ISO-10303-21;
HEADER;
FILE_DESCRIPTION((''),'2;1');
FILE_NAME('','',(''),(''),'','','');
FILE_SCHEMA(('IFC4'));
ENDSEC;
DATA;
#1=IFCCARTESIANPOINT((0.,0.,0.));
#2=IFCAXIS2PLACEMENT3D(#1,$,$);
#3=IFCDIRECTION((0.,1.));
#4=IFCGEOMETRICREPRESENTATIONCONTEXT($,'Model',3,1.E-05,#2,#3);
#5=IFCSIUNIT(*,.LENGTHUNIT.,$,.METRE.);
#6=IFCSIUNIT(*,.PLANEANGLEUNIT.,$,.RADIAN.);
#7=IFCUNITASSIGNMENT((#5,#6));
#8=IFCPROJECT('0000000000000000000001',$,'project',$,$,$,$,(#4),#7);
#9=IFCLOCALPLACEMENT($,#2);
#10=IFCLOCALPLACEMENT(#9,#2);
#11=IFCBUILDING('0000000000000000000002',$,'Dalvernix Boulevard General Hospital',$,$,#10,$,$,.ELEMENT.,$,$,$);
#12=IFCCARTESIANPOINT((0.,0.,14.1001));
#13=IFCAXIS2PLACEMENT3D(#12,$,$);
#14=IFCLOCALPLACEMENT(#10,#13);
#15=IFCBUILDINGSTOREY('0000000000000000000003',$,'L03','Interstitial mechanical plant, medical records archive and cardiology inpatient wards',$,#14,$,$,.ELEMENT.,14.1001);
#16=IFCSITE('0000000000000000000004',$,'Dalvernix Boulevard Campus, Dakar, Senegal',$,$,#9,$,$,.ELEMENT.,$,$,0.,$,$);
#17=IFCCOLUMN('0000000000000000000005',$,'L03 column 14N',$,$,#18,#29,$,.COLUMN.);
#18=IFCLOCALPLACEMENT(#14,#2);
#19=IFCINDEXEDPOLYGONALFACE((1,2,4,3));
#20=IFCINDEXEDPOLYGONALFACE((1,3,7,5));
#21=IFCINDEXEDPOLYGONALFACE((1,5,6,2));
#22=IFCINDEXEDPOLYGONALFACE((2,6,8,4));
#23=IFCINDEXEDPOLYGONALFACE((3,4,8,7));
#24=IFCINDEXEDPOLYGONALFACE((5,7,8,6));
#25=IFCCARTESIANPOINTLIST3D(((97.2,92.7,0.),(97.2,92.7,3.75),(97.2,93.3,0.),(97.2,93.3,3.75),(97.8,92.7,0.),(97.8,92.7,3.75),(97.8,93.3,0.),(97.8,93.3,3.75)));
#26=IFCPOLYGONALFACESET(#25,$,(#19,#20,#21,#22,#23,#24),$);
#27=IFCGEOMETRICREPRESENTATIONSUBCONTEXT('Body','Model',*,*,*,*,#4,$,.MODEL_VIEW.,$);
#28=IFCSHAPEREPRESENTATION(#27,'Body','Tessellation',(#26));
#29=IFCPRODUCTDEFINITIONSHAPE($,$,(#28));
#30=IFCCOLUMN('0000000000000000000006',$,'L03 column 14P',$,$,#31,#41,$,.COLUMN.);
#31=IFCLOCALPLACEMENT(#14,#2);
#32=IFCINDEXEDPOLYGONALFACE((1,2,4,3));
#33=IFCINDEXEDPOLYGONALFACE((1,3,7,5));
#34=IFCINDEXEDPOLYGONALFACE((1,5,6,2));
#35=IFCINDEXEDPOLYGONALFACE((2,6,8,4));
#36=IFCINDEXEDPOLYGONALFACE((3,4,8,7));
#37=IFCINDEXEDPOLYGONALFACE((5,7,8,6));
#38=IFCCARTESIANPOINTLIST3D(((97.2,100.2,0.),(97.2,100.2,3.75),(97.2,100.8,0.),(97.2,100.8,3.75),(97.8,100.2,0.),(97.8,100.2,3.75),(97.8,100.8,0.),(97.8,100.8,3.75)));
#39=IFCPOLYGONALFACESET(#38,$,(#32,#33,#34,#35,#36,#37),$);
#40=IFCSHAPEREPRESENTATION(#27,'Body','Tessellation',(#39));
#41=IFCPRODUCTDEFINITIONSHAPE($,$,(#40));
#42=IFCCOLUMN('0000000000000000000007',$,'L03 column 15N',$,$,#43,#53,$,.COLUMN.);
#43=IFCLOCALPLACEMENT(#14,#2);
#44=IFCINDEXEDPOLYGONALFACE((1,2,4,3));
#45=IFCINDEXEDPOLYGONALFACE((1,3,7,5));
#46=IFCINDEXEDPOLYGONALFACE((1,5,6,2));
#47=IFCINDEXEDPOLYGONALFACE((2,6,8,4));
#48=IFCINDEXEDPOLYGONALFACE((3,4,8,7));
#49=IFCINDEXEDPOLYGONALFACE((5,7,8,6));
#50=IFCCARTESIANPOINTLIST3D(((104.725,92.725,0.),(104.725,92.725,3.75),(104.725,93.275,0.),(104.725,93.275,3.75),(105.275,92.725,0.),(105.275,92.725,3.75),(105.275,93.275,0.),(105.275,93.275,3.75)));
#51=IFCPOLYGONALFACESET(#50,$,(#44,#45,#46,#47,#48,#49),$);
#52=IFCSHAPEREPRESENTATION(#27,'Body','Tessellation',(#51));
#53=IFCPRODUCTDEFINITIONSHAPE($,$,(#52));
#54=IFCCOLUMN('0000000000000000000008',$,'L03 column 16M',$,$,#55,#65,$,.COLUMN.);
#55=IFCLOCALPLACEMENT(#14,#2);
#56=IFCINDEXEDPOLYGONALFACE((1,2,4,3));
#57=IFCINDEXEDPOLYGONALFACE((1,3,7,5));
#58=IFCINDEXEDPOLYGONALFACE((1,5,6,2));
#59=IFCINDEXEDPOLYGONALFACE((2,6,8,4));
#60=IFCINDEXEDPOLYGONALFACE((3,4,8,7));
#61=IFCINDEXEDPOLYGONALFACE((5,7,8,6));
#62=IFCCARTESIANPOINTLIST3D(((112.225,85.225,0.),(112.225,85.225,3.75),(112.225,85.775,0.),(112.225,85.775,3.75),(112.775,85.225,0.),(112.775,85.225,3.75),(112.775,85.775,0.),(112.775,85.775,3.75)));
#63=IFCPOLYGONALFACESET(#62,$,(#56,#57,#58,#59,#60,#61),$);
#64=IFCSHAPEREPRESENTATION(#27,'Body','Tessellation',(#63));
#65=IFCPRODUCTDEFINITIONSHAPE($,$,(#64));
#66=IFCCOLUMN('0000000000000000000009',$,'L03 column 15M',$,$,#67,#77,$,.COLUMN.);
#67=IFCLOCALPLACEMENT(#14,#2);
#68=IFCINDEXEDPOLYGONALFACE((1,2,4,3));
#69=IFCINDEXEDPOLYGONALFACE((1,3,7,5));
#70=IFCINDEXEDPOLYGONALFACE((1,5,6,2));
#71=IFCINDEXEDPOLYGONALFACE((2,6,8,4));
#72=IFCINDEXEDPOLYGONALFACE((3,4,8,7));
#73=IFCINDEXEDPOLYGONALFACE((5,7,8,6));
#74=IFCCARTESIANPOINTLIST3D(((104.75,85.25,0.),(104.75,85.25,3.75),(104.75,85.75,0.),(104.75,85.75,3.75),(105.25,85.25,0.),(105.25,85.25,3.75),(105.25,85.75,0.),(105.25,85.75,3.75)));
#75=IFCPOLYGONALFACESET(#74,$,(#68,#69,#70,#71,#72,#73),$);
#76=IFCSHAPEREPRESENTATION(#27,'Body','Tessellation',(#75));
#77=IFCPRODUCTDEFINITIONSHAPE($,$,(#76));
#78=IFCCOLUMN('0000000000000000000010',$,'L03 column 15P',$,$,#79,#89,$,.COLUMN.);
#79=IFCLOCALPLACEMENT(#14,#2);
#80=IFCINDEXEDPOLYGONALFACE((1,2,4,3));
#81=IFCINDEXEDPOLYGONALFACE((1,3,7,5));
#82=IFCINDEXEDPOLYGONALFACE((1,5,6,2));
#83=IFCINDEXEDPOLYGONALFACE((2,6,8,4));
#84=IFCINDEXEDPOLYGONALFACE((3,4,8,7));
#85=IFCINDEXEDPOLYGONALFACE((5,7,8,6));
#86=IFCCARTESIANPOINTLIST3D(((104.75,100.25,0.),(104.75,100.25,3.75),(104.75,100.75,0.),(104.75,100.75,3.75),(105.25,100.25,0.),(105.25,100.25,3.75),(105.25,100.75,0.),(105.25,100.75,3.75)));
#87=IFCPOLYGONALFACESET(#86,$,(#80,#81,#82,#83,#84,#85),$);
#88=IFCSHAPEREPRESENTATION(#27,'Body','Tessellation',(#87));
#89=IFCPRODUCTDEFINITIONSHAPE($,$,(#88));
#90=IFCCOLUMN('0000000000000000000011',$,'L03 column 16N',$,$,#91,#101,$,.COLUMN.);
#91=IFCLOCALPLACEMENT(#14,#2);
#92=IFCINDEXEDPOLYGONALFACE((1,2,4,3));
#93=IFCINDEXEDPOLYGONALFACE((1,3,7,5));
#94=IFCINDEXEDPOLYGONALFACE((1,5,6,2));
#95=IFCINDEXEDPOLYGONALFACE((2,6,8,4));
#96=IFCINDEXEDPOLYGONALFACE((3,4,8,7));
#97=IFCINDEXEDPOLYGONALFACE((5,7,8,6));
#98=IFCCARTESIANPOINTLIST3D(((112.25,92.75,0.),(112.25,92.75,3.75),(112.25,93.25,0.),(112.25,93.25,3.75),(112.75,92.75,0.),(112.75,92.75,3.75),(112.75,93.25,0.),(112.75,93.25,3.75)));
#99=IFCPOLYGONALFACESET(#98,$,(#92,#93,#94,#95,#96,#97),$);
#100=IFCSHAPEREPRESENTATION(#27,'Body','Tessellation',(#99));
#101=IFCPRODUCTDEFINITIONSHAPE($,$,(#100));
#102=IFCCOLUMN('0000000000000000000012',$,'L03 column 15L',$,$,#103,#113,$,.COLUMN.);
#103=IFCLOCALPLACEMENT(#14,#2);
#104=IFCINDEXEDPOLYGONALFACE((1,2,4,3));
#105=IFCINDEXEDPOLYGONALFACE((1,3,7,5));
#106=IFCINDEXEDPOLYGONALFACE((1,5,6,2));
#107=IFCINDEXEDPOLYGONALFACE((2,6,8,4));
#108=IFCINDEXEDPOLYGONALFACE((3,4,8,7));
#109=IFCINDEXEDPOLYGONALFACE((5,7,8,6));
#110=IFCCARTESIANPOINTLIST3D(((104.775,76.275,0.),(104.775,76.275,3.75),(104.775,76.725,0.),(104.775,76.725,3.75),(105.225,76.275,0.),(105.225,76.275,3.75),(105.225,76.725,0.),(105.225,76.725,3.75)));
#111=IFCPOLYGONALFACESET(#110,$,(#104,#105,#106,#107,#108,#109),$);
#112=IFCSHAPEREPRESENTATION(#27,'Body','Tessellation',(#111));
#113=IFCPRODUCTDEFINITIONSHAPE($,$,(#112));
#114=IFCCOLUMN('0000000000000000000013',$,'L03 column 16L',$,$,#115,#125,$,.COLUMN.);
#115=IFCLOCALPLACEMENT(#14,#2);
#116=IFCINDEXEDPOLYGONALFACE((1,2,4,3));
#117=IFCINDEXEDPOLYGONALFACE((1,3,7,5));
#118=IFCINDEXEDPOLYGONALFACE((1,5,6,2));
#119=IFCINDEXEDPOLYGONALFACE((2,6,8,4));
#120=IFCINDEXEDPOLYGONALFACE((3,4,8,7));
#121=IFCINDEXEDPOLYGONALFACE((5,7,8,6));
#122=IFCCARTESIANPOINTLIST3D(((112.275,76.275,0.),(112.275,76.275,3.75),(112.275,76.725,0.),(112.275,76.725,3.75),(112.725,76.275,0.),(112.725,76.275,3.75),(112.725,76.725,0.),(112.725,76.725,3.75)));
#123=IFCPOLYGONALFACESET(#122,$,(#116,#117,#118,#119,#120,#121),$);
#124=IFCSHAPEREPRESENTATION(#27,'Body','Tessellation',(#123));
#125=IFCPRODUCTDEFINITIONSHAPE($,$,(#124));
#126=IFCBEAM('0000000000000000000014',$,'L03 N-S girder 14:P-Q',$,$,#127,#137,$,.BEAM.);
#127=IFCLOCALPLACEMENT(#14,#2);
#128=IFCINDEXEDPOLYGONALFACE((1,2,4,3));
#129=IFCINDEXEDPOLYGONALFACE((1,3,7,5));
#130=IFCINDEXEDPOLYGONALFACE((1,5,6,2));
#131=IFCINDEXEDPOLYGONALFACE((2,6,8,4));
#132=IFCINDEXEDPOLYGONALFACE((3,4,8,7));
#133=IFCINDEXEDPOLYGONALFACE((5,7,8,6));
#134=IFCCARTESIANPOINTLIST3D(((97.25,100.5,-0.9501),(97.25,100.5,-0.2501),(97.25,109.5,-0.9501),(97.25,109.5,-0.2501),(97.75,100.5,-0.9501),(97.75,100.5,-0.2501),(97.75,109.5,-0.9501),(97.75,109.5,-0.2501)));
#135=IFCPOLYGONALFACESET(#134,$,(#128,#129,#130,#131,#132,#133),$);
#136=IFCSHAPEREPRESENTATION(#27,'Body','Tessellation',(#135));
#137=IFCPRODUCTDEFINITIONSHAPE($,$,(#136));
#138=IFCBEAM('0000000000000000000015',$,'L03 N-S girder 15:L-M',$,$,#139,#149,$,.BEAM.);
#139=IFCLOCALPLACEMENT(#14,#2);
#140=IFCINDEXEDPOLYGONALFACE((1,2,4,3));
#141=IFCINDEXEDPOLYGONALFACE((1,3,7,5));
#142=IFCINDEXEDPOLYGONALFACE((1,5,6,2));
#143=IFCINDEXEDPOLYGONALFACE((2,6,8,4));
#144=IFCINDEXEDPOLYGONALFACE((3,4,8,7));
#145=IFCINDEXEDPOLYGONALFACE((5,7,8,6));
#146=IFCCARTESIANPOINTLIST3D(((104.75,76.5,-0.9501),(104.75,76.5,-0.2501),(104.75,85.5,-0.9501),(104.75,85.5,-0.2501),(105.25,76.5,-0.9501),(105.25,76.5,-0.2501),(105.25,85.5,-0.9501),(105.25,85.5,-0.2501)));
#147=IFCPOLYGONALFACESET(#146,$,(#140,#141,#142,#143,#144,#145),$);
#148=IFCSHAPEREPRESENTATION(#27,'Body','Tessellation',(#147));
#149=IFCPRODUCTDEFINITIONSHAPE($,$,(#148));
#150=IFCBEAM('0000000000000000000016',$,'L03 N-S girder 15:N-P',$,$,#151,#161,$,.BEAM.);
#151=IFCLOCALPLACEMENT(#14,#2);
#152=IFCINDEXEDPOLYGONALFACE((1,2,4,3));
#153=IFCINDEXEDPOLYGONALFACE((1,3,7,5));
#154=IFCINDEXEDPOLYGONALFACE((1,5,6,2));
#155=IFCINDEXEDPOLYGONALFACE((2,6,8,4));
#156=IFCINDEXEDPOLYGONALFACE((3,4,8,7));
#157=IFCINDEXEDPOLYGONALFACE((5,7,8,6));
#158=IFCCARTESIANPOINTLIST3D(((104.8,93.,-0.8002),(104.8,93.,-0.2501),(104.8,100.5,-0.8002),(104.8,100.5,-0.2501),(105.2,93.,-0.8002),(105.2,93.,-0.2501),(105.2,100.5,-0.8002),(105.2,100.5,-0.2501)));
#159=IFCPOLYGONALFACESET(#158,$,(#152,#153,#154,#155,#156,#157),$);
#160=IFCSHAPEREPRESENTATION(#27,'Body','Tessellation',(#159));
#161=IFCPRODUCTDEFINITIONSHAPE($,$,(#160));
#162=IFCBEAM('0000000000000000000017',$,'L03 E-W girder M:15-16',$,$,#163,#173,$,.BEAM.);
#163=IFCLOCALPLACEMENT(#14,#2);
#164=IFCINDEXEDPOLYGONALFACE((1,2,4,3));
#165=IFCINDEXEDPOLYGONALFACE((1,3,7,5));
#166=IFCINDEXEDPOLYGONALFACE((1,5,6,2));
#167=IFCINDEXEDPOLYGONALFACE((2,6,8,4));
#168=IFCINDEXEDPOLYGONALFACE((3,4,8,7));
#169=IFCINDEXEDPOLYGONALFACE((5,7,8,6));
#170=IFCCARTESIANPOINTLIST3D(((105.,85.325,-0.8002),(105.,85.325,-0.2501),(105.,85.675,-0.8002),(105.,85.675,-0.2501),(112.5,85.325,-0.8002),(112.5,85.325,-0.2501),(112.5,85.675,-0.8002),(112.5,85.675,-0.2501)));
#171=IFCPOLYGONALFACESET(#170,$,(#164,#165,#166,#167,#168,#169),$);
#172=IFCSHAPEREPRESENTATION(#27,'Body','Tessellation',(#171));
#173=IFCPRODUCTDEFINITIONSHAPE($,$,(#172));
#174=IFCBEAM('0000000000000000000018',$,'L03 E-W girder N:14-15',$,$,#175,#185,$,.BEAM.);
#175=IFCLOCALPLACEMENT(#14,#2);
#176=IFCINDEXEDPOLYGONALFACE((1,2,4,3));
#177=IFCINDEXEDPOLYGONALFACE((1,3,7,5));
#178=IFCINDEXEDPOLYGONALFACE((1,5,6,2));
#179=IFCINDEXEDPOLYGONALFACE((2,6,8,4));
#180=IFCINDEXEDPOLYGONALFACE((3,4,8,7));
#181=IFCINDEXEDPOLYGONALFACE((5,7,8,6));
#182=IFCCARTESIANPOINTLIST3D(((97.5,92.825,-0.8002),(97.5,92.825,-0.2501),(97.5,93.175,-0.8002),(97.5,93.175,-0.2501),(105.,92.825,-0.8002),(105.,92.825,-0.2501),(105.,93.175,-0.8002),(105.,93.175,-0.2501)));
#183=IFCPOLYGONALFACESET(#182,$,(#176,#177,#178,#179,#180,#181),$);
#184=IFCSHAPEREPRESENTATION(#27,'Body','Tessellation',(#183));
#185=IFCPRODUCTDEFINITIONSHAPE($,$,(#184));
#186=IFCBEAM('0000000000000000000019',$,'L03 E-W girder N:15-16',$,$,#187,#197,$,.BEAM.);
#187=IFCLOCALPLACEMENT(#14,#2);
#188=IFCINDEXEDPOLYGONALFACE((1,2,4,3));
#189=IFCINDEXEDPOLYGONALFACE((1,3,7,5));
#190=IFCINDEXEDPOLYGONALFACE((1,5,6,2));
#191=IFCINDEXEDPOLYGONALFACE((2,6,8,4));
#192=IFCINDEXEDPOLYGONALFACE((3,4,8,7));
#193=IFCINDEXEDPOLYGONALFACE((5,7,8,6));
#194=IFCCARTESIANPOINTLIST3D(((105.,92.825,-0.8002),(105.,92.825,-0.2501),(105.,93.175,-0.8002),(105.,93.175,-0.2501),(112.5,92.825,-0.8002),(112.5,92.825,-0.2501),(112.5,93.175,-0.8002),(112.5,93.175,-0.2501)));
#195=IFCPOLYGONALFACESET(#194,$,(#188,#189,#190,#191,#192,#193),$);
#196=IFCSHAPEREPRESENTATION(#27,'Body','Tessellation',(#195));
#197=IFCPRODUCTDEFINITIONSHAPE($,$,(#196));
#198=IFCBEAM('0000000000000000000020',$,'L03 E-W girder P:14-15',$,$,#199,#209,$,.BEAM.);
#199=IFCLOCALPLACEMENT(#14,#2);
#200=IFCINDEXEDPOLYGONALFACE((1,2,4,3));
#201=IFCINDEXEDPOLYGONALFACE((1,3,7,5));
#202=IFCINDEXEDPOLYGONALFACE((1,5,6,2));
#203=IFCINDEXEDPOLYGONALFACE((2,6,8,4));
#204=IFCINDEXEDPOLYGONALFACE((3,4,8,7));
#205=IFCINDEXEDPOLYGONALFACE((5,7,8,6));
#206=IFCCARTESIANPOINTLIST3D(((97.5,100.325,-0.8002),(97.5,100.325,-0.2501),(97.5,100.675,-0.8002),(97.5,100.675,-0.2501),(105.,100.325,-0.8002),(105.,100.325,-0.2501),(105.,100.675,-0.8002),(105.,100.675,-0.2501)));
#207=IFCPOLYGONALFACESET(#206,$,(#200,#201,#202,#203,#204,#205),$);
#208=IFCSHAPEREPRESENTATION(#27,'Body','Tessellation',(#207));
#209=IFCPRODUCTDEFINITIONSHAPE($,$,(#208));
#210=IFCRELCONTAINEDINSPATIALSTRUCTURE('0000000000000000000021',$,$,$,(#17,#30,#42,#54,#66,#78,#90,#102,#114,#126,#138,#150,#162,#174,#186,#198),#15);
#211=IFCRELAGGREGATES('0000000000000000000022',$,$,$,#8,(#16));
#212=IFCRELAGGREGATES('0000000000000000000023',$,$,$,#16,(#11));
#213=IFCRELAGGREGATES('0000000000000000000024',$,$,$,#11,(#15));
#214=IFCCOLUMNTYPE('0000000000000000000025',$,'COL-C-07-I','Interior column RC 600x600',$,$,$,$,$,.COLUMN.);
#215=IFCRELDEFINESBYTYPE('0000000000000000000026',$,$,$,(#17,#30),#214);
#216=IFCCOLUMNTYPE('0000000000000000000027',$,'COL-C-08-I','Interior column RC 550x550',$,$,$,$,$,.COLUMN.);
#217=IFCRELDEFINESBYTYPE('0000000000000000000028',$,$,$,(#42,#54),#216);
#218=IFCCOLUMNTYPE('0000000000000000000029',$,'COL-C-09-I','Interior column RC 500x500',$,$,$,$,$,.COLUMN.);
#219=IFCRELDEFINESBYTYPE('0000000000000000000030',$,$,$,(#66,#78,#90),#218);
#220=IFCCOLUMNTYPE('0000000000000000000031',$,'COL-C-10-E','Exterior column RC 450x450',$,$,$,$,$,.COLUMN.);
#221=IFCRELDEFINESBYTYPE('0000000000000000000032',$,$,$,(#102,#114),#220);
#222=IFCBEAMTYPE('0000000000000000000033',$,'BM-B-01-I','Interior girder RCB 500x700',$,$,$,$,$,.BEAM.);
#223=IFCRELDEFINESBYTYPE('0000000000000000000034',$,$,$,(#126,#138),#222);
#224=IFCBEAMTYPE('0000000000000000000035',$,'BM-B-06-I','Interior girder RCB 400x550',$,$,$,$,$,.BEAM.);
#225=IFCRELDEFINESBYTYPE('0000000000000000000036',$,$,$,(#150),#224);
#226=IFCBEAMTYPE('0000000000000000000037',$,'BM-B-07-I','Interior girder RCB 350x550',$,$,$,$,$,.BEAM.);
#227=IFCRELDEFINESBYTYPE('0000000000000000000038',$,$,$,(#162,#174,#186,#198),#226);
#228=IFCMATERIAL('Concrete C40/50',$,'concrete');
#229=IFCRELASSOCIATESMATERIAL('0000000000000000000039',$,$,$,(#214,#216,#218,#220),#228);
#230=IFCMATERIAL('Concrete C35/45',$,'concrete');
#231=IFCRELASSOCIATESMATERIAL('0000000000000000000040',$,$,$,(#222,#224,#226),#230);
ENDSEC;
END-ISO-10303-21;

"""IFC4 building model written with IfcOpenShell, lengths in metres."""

from ifc_helpers import new_model, si_unit, direction, frame, origin, origin_2d, place, context, subcontext, project, spatial, rectangle, extrude, material, material_profile, profile_set, type_object, element, save


model = new_model("IFC4")

# Units and contexts
model_context = context("Model", 3, precision=1e-05, world=origin(), true_north=direction((0.0, 1.0)))
body_context = subcontext(model_context, "Body", "Model", "MODEL_VIEW")
ifc_project = project(units=[si_unit("LENGTHUNIT", "METRE"), si_unit("PLANEANGLEUNIT", "RADIAN")], contexts=[model_context])

# Site, building, storey
site_placement = place(None, origin())
site = spatial("IfcSite", under=ifc_project, at=site_placement, Name="Dalvernix Boulevard Campus, Dakar, Senegal", CompositionType="ELEMENT", RefElevation=0.0)
building_placement = place(site_placement, origin())
building = spatial("IfcBuilding", under=site, at=building_placement, Name="Dalvernix Boulevard General Hospital", CompositionType="ELEMENT")
storey_placement = place(building_placement, frame((0.0, 0.0, 14.1001)))
storey = spatial("IfcBuildingStorey", under=building, at=storey_placement, Name="L03", Description="Interstitial mechanical plant, medical records archive and cardiology inpatient wards", CompositionType="ELEMENT", Elevation=14.1001)

# Columns
ifc_material_1 = material(Name="Concrete C40/50", Category="concrete")
ifc_material_profile_1 = material_profile(ifc_material_1, rectangle(XDim=0.6001, YDim=0.6001, at=origin_2d()), Name="RC 600x600")
ifc_profile_set_1 = profile_set([ifc_material_profile_1], Name="Concrete C40/50")
column_type_1 = type_object("IfcColumnType", Name="COL-C-07-I", Description="Interior column RC 600x600", PredefinedType="COLUMN", material=ifc_profile_set_1)
for number, where, z_axis, x_axis, name in (
    (1, (97.5, 93.0, 0.0), (0.0, 0.0, 1.0), (1.0, 0.0, 0.0), "L03 column 14N"),
    (2, (97.5, 100.5, 0.0), (0.0, 0.0, 1.0), (1.0, 0.0, 0.0), "L03 column 14P"),
):
    element("IfcColumn", number, at=place(storey_placement, frame(where, z_axis=z_axis, x_axis=x_axis)), inside=storey, type_object=column_type_1, Name=name, PredefinedType="COLUMN", context=body_context, shape_type="SweptSolid", body=[
        extrude(rectangle(XDim=0.6001, YDim=0.6001, at=origin_2d()), origin(), (0.0, 0.0, 1.0), 3.75),
    ])
ifc_material_profile_2 = material_profile(ifc_material_1, rectangle(XDim=0.55, YDim=0.55, at=origin_2d()), Name="RC 550x550")
ifc_profile_set_2 = profile_set([ifc_material_profile_2], Name="Concrete C40/50")
column_type_2 = type_object("IfcColumnType", Name="COL-C-08-I", Description="Interior column RC 550x550", PredefinedType="COLUMN", material=ifc_profile_set_2)
for number, where, z_axis, x_axis, name in (
    (3, (105.0, 93.0, 0.0), (0.0, 0.0, 1.0), (1.0, 0.0, 0.0), "L03 column 15N"),
    (4, (112.5, 85.5, 0.0), (0.0, 0.0, 1.0), (1.0, 0.0, 0.0), "L03 column 16M"),
):
    element("IfcColumn", number, at=place(storey_placement, frame(where, z_axis=z_axis, x_axis=x_axis)), inside=storey, type_object=column_type_2, Name=name, PredefinedType="COLUMN", context=body_context, shape_type="SweptSolid", body=[
        extrude(rectangle(XDim=0.55, YDim=0.55, at=origin_2d()), origin(), (0.0, 0.0, 1.0), 3.75),
    ])
ifc_material_profile_3 = material_profile(ifc_material_1, rectangle(XDim=0.5, YDim=0.5, at=origin_2d()), Name="RC 500x500")
ifc_profile_set_3 = profile_set([ifc_material_profile_3], Name="Concrete C40/50")
column_type_3 = type_object("IfcColumnType", Name="COL-C-09-I", Description="Interior column RC 500x500", PredefinedType="COLUMN", material=ifc_profile_set_3)
for number, where, z_axis, x_axis, name in (
    (5, (105.0, 85.5, 0.0), (0.0, 0.0, 1.0), (1.0, 0.0, 0.0), "L03 column 15M"),
    (6, (105.0, 100.5, 0.0), (0.0, 0.0, 1.0), (1.0, 0.0, 0.0), "L03 column 15P"),
    (7, (112.5, 93.0, 0.0), (0.0, 0.0, 1.0), (1.0, 0.0, 0.0), "L03 column 16N"),
):
    element("IfcColumn", number, at=place(storey_placement, frame(where, z_axis=z_axis, x_axis=x_axis)), inside=storey, type_object=column_type_3, Name=name, PredefinedType="COLUMN", context=body_context, shape_type="SweptSolid", body=[
        extrude(rectangle(XDim=0.5, YDim=0.5, at=origin_2d()), origin(), (0.0, 0.0, 1.0), 3.75),
    ])
ifc_material_profile_4 = material_profile(ifc_material_1, rectangle(XDim=0.45, YDim=0.45, at=origin_2d()), Name="RC 450x450")
ifc_profile_set_4 = profile_set([ifc_material_profile_4], Name="Concrete C40/50")
column_type_4 = type_object("IfcColumnType", Name="COL-C-10-E", Description="Exterior column RC 450x450", PredefinedType="COLUMN", material=ifc_profile_set_4)
for number, where, z_axis, x_axis, name in (
    (8, (105.0, 76.5, 0.0), (0.0, 0.0, 1.0), (1.0, 0.0, 0.0), "L03 column 15L"),
    (9, (112.5, 76.5, 0.0), (0.0, 0.0, 1.0), (1.0, 0.0, 0.0), "L03 column 16L"),
):
    element("IfcColumn", number, at=place(storey_placement, frame(where, z_axis=z_axis, x_axis=x_axis)), inside=storey, type_object=column_type_4, Name=name, PredefinedType="COLUMN", context=body_context, shape_type="SweptSolid", body=[
        extrude(rectangle(XDim=0.45, YDim=0.45, at=origin_2d()), origin(), (0.0, 0.0, 1.0), 3.75),
    ])

# Beams
ifc_material_2 = material(Name="Concrete C35/45", Category="concrete")
ifc_material_profile_5 = material_profile(ifc_material_2, rectangle(XDim=0.5, YDim=0.7, at=origin_2d()), Name="RCB 500x700")
ifc_profile_set_5 = profile_set([ifc_material_profile_5], Name="Concrete C35/45")
beam_type_1 = type_object("IfcBeamType", Name="BM-B-01-I", Description="Interior girder RCB 500x700", PredefinedType="BEAM", material=ifc_profile_set_5)
for number, where, z_axis, x_axis, name in (
    (10, (97.5, 100.5, -0.6001), (0.0, 1.0, 0.0), (-1.0, 0.0, 0.0), "L03 N-S girder 14:P-Q"),
    (11, (105.0, 76.5, -0.6001), (0.0, 1.0, 0.0), (-1.0, 0.0, 0.0), "L03 N-S girder 15:L-M"),
):
    element("IfcBeam", number, at=place(storey_placement, frame(where, z_axis=z_axis, x_axis=x_axis)), inside=storey, type_object=beam_type_1, Name=name, PredefinedType="BEAM", context=body_context, shape_type="SweptSolid", body=[
        extrude(rectangle(XDim=0.5, YDim=0.7, at=origin_2d()), origin(), (0.0, 0.0, 1.0), 9.0),
    ])
ifc_material_profile_6 = material_profile(ifc_material_2, rectangle(XDim=0.3999, YDim=0.55, at=origin_2d()), Name="RCB 400x550")
ifc_profile_set_6 = profile_set([ifc_material_profile_6], Name="Concrete C35/45")
beam_type_2 = type_object("IfcBeamType", Name="BM-B-06-I", Description="Interior girder RCB 400x550", PredefinedType="BEAM", material=ifc_profile_set_6)
beam_1_placement = place(storey_placement, frame((105.0, 93.0, -0.5251), z_axis=(0.0, 1.0, 0.0), x_axis=(-1.0, 0.0, 0.0)))
element("IfcBeam", 12, at=beam_1_placement, inside=storey, type_object=beam_type_2, Name="L03 N-S girder 15:N-P", PredefinedType="BEAM", context=body_context, shape_type="SweptSolid", body=[
    extrude(rectangle(XDim=0.3999, YDim=0.55, at=origin_2d()), origin(), (0.0, 0.0, 1.0), 7.5),
])
ifc_material_profile_7 = material_profile(ifc_material_2, rectangle(XDim=0.3501, YDim=0.55, at=origin_2d()), Name="RCB 350x550")
ifc_profile_set_7 = profile_set([ifc_material_profile_7], Name="Concrete C35/45")
beam_type_3 = type_object("IfcBeamType", Name="BM-B-07-I", Description="Interior girder RCB 350x550", PredefinedType="BEAM", material=ifc_profile_set_7)
for number, where, z_axis, x_axis, name in (
    (13, (105.0, 85.5, -0.5251), (1.0, 0.0, 0.0), (0.0, 1.0, 0.0), "L03 E-W girder M:15-16"),
    (14, (97.5, 93.0, -0.5251), (1.0, 0.0, 0.0), (0.0, 1.0, 0.0), "L03 E-W girder N:14-15"),
    (15, (105.0, 93.0, -0.5251), (1.0, 0.0, 0.0), (0.0, 1.0, 0.0), "L03 E-W girder N:15-16"),
    (16, (97.5, 100.5, -0.5251), (1.0, 0.0, 0.0), (0.0, 1.0, 0.0), "L03 E-W girder P:14-15"),
):
    element("IfcBeam", number, at=place(storey_placement, frame(where, z_axis=z_axis, x_axis=x_axis)), inside=storey, type_object=beam_type_3, Name=name, PredefinedType="BEAM", context=body_context, shape_type="SweptSolid", body=[
        extrude(rectangle(XDim=0.3501, YDim=0.55, at=origin_2d()), origin(), (0.0, 0.0, 1.0), 7.5),
    ])

save(model, "model.ifc")
